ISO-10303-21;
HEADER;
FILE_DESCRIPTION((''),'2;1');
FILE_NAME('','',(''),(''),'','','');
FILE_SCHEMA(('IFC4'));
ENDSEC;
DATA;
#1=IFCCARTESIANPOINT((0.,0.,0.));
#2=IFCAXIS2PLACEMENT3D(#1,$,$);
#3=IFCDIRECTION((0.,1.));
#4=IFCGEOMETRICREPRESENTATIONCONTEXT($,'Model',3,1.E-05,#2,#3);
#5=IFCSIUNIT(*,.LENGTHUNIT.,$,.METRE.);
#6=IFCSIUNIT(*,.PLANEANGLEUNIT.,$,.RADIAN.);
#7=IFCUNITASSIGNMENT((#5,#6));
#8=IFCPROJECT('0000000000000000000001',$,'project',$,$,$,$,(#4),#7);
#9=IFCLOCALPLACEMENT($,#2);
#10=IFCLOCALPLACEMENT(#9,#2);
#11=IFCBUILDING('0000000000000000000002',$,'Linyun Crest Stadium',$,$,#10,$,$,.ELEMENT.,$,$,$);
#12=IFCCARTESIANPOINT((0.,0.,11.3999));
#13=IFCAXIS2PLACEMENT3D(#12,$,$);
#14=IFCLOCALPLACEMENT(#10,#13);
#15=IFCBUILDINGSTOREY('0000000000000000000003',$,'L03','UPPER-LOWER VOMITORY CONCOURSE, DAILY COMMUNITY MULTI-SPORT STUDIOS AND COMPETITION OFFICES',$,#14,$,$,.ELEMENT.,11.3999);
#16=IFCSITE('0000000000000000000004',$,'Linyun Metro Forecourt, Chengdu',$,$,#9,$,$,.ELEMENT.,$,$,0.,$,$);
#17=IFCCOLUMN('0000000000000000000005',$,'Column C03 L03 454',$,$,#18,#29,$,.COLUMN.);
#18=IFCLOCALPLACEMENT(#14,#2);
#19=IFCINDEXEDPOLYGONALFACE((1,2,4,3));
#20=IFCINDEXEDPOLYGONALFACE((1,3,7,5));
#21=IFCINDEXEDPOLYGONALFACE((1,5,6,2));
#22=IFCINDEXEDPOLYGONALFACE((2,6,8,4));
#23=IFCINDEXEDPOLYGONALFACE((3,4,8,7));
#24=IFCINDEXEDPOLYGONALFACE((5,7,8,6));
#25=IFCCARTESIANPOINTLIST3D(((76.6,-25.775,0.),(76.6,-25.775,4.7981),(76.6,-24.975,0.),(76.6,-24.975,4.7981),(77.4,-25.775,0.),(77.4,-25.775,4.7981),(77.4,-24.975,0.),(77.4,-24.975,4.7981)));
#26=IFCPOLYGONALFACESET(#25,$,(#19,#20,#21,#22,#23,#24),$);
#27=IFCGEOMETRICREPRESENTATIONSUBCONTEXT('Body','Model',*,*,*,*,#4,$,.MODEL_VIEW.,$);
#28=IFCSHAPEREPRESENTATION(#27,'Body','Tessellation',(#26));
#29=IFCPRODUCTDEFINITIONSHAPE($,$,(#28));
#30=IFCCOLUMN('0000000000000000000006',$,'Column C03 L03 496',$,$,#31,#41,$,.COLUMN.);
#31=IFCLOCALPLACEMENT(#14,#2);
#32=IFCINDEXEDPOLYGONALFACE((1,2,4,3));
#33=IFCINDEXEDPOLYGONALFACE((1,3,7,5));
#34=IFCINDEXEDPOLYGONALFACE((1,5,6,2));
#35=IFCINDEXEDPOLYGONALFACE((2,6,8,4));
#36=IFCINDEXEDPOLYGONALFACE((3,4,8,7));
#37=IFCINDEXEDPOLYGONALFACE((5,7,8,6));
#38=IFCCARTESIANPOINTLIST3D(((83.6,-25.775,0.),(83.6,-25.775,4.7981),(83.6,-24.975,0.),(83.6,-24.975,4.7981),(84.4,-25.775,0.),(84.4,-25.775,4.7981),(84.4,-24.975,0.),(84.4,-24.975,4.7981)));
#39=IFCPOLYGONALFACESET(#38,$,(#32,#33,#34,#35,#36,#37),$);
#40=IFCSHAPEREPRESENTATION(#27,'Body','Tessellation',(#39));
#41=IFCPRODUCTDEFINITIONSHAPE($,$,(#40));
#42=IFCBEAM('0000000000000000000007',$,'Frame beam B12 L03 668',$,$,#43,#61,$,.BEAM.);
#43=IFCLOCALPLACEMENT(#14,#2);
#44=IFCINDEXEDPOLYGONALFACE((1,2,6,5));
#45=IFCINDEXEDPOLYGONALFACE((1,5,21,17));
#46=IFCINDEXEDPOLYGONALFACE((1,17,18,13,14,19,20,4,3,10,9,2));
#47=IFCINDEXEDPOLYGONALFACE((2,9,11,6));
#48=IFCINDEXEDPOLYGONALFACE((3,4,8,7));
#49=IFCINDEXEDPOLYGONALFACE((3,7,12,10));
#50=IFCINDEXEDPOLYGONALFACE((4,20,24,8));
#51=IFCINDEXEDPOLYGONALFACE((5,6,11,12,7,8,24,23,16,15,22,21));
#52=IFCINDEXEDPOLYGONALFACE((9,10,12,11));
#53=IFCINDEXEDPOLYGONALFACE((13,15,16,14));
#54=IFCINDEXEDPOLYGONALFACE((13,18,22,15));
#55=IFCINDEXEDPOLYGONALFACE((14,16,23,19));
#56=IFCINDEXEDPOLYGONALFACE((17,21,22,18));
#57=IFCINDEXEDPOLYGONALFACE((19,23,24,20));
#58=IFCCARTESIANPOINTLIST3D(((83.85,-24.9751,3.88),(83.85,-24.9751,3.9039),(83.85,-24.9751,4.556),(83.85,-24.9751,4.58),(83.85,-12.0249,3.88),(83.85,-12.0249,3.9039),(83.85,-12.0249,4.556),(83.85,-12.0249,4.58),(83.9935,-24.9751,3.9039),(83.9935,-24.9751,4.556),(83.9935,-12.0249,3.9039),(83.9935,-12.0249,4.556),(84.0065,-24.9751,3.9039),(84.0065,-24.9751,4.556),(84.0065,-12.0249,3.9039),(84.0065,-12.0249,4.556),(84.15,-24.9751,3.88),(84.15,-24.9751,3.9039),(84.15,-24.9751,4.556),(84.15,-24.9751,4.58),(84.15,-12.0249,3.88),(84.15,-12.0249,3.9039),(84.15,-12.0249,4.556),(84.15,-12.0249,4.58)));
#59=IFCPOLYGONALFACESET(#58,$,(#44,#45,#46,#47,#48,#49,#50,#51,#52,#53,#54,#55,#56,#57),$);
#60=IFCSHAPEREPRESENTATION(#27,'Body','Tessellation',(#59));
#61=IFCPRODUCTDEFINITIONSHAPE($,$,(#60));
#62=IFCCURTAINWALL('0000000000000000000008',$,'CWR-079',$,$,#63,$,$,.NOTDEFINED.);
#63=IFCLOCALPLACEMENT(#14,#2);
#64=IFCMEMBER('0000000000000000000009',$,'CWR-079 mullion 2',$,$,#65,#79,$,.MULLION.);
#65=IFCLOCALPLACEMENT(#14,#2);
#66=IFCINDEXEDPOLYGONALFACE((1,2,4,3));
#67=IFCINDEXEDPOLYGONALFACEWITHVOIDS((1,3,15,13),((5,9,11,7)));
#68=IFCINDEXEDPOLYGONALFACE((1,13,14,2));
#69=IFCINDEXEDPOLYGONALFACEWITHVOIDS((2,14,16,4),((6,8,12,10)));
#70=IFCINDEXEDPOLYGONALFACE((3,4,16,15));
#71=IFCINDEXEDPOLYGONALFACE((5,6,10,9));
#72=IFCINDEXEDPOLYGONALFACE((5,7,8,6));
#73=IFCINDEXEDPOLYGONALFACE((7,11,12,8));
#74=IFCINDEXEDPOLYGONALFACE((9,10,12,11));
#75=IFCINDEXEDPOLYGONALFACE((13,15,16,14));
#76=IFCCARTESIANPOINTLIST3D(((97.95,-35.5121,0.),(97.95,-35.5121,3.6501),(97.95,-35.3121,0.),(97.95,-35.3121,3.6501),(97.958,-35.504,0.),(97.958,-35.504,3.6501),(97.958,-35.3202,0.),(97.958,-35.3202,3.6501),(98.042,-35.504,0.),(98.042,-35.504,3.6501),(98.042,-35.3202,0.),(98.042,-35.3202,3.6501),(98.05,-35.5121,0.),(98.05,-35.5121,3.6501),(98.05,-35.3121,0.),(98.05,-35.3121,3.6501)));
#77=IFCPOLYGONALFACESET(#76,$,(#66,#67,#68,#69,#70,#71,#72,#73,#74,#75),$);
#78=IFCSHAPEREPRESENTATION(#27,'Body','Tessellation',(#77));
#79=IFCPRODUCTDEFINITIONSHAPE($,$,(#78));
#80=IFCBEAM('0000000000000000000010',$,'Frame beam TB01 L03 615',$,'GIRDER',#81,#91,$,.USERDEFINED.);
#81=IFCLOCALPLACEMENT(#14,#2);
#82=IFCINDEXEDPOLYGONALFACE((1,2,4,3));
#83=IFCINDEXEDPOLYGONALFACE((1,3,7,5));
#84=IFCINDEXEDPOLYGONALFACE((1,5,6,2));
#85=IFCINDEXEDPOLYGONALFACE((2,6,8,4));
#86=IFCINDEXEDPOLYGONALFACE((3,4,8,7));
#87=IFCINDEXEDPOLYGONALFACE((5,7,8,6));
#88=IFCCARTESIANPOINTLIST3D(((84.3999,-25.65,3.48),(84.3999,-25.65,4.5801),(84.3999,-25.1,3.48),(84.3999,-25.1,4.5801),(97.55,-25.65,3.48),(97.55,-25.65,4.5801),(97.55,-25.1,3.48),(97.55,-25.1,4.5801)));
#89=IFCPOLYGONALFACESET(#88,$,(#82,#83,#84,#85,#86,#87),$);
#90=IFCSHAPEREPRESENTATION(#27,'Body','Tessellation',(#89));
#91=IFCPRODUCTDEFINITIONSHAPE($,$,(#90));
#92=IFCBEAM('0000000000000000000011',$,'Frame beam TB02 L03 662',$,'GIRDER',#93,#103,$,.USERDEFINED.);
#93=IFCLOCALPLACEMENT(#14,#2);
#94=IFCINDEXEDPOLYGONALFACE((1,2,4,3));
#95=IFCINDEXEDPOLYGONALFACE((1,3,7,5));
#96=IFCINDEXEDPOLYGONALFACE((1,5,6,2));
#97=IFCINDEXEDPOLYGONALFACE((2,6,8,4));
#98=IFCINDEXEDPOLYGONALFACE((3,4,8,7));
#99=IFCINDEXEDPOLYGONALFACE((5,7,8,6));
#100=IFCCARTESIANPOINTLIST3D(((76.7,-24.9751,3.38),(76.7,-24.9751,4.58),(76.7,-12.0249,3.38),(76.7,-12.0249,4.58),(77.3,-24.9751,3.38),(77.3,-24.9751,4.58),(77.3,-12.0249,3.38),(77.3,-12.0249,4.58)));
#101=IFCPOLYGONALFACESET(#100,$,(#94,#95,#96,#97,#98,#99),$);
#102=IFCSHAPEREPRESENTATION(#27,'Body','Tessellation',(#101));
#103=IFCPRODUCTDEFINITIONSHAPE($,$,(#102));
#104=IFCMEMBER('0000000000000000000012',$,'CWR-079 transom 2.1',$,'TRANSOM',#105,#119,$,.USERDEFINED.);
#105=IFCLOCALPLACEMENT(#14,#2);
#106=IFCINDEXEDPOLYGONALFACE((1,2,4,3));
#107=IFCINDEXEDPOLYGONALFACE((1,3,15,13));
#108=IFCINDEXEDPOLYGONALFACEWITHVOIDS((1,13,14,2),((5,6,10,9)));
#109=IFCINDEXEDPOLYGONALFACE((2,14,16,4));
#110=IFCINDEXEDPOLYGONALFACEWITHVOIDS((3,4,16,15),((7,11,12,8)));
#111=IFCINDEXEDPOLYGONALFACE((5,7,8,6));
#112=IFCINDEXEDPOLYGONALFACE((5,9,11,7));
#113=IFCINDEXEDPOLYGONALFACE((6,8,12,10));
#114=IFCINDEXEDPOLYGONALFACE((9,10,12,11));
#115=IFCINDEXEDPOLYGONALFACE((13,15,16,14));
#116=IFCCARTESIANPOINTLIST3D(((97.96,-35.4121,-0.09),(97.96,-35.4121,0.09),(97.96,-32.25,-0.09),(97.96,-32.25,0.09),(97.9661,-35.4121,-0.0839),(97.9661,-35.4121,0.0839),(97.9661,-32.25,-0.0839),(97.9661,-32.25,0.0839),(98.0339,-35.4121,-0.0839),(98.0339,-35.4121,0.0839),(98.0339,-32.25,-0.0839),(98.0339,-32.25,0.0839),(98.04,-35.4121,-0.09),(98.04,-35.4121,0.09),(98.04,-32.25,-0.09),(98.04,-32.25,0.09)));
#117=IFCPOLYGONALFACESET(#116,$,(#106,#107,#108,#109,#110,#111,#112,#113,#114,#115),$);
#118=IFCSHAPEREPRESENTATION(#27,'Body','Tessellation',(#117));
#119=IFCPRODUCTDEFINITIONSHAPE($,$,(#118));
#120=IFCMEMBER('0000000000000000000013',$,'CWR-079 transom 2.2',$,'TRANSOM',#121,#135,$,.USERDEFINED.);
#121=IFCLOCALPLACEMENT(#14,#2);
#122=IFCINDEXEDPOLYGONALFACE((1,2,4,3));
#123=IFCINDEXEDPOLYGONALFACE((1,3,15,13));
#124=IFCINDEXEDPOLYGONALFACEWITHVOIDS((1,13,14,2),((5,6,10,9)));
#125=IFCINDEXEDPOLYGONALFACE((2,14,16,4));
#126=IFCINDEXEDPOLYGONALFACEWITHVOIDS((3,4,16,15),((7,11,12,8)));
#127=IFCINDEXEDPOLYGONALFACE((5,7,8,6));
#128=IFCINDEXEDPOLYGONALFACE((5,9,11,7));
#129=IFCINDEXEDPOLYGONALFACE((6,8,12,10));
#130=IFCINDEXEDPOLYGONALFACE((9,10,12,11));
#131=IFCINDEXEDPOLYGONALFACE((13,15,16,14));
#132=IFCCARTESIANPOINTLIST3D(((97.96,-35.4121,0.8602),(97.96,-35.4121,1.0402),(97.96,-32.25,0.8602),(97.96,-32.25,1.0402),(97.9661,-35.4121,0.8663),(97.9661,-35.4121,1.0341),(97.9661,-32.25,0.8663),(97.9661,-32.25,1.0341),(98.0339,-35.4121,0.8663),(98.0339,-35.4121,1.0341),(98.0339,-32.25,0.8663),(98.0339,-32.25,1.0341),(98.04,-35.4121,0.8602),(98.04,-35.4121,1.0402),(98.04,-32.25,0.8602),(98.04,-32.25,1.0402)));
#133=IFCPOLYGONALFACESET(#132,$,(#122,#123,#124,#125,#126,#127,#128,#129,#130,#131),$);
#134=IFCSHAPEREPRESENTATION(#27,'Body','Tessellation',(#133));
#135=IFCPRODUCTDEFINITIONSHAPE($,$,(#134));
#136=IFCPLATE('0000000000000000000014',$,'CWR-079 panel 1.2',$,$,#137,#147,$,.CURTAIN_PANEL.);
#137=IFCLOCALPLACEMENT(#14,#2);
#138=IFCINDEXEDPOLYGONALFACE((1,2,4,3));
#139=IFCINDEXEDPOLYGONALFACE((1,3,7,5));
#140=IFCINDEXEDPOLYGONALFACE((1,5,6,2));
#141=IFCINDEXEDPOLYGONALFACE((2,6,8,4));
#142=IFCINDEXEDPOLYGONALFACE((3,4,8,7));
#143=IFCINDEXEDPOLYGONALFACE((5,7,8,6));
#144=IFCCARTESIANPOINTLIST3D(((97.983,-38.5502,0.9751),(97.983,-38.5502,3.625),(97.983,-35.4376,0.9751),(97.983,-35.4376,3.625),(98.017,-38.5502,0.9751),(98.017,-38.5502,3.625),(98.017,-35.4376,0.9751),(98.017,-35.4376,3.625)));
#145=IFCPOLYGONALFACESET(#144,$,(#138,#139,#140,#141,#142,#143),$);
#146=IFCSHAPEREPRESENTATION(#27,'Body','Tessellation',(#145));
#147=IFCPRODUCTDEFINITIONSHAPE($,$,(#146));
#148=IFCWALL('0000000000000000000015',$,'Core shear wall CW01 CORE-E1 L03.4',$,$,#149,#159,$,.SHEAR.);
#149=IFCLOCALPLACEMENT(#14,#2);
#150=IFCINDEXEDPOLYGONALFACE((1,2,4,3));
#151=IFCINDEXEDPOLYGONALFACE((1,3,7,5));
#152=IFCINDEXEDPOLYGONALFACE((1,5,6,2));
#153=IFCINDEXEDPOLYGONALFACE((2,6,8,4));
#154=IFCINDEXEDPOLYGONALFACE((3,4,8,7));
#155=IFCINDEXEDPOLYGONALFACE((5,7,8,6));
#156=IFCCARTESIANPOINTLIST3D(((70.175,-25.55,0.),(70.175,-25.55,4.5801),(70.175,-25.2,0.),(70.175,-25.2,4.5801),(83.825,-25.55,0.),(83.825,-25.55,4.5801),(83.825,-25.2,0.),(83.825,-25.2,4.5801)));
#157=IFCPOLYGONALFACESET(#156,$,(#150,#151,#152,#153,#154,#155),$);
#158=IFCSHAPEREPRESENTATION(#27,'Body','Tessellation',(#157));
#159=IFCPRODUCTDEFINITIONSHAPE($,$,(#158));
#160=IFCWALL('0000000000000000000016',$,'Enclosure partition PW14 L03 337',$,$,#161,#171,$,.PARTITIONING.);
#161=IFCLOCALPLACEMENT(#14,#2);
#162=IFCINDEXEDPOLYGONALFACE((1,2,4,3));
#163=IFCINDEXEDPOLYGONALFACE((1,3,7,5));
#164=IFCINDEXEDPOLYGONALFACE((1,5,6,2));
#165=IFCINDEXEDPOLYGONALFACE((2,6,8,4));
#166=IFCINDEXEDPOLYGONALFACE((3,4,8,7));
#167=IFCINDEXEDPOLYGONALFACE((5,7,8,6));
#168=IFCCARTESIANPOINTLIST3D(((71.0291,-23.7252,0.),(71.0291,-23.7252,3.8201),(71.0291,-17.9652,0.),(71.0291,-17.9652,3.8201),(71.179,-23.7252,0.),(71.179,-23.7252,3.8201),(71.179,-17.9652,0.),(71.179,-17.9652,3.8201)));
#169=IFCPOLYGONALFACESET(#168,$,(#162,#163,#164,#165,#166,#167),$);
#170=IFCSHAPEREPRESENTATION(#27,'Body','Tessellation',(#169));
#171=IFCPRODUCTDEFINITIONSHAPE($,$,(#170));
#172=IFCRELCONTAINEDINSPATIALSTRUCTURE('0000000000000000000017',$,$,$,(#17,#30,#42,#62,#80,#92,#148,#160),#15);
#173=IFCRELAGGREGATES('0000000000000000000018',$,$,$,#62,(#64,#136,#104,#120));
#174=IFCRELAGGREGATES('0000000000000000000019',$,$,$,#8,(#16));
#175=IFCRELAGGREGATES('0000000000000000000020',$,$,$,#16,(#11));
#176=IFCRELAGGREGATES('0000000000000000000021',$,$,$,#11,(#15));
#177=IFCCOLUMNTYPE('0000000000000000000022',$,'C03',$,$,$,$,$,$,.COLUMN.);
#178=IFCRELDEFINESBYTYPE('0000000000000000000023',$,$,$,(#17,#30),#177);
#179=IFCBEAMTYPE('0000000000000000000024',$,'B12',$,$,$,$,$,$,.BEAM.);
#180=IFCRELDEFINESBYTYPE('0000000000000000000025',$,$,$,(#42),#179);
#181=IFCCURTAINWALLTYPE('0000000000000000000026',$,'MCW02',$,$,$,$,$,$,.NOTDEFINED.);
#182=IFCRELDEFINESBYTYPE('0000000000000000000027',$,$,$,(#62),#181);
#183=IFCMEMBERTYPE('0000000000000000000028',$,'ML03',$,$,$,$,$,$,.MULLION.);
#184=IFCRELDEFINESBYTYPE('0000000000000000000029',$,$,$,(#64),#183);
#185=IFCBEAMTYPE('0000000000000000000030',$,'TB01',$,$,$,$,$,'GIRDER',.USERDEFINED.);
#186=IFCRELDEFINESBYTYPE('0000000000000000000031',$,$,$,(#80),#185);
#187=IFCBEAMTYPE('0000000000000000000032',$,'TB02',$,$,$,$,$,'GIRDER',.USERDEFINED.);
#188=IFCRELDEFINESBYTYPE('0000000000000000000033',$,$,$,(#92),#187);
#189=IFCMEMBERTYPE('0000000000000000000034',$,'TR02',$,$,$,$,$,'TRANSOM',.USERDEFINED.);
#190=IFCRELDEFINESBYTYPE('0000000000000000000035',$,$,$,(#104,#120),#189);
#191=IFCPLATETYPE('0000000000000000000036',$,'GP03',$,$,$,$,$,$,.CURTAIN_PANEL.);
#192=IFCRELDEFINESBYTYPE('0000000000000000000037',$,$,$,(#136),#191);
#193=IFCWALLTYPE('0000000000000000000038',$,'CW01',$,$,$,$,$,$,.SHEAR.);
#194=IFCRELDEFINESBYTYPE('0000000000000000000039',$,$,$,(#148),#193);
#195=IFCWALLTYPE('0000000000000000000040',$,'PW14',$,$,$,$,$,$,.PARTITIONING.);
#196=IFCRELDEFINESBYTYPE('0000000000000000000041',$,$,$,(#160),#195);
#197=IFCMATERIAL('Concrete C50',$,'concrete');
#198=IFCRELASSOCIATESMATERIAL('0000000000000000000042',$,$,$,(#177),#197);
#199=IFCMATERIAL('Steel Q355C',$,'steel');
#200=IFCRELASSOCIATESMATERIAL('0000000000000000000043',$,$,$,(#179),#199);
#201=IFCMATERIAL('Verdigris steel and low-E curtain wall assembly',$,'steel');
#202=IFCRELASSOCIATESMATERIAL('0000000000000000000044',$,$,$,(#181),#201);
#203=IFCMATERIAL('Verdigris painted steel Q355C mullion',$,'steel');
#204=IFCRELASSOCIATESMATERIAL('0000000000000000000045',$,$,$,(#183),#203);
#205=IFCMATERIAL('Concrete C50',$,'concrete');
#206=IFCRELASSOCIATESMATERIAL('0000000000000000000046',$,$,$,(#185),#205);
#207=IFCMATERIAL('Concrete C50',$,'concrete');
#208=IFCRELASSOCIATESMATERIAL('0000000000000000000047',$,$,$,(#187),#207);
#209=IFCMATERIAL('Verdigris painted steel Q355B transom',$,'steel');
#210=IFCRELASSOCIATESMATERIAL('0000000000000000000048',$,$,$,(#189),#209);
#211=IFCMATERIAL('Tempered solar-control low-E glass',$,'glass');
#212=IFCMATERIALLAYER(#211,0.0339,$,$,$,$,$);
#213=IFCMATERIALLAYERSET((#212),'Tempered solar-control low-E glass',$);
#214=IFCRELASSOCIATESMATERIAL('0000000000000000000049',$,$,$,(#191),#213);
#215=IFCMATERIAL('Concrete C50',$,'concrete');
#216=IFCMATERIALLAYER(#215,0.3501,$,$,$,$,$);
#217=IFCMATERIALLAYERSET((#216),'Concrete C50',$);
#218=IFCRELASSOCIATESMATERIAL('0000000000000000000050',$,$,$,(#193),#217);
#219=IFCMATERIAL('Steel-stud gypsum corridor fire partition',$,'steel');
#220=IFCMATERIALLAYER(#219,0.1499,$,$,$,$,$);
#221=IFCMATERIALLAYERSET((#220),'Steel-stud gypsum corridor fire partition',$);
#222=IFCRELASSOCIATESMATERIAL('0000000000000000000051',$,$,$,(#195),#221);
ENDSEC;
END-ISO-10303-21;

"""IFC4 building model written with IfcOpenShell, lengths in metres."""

from ifc_helpers import new_model, si_unit, direction, frame, frame_2d, origin, origin_2d, place, context, subcontext, project, spatial, rectangle, hollow_rectangle, i_section, extrude, material, layer, layer_set, material_profile, profile_set, type_object, element, aggregate, save


model = new_model("IFC4")

# Units and contexts
model_context = context("Model", 3, precision=1e-05, world=origin(), true_north=direction((0.0, 1.0)))
body_context = subcontext(model_context, "Body", "Model", "MODEL_VIEW")
ifc_project = project(units=[si_unit("LENGTHUNIT", "METRE"), si_unit("PLANEANGLEUNIT", "RADIAN")], contexts=[model_context])

# Site, building, storey
site_placement = place(None, origin())
site = spatial("IfcSite", under=ifc_project, at=site_placement, Name="Linyun Metro Forecourt, Chengdu", CompositionType="ELEMENT", RefElevation=0.0)
building_placement = place(site_placement, origin())
building = spatial("IfcBuilding", under=site, at=building_placement, Name="Linyun Crest Stadium", CompositionType="ELEMENT")
storey_placement = place(building_placement, frame((0.0, 0.0, 11.3999)))
storey = spatial("IfcBuildingStorey", under=building, at=storey_placement, Name="L03", Description="UPPER-LOWER VOMITORY CONCOURSE, DAILY COMMUNITY MULTI-SPORT STUDIOS AND COMPETITION OFFICES", CompositionType="ELEMENT", Elevation=11.3999)

# Columns
ifc_material_1 = material(Name="Concrete C50", Category="concrete")
ifc_material_profile_1 = material_profile(ifc_material_1, rectangle(XDim=0.8, YDim=0.8, at=origin_2d()), Name="RC 800x800")
ifc_profile_set_1 = profile_set([ifc_material_profile_1], Name="Concrete C50")
column_type = type_object("IfcColumnType", Name="C03", PredefinedType="COLUMN", material=ifc_profile_set_1)
for number, where, z_axis, x_axis, name in (
    (1, (77.0, -25.375, 0.0), (0.0, 0.0, 1.0), (1.0, 0.0, 0.0), "Column C03 L03 454"),
    (2, (84.0, -25.375, 0.0), (0.0, 0.0, 1.0), (1.0, 0.0, 0.0), "Column C03 L03 496"),
):
    element("IfcColumn", number, at=place(storey_placement, frame(where, z_axis=z_axis, x_axis=x_axis)), inside=storey, type_object=column_type, Name=name, PredefinedType="COLUMN", context=body_context, shape_type="SweptSolid", body=[
        extrude(rectangle(XDim=0.8, YDim=0.8, at=origin_2d()), origin(), (0.0, 0.0, 1.0), 4.7981),
    ])

# Beam
ifc_material_2 = material(Name="Steel Q355C", Category="steel")
ifc_material_profile_2 = material_profile(ifc_material_2, i_section(OverallWidth=0.3, OverallDepth=0.7, WebThickness=0.0129, FlangeThickness=0.0239, at=origin_2d()), Name="HN 700x300")
ifc_profile_set_2 = profile_set([ifc_material_profile_2], Name="Steel Q355C")
beam_type_1 = type_object("IfcBeamType", Name="B12", PredefinedType="BEAM", material=ifc_profile_set_2)
beam_1_placement = place(storey_placement, frame((84.0, -24.9751, 4.23), z_axis=(0.0, 1.0, 0.0), x_axis=(-1.0, 0.0, 0.0)))
element("IfcBeam", 3, at=beam_1_placement, inside=storey, type_object=beam_type_1, Name="Frame beam B12 L03 668", PredefinedType="BEAM", context=body_context, shape_type="SweptSolid", body=[
    extrude(i_section(OverallWidth=0.3, OverallDepth=0.7, WebThickness=0.0129, FlangeThickness=0.0239, at=origin_2d()), origin(), (0.0, 0.0, 1.0), 12.9502),
])

# Curtain wall, member
ifc_material_3 = material(Name="Verdigris steel and low-E curtain wall assembly", Category="steel")
curtain_wall_type = type_object("IfcCurtainWallType", Name="MCW02", PredefinedType="NOTDEFINED", material=ifc_material_3)
curtain_wall_placement = place(storey_placement, origin())
curtain_wall = element("IfcCurtainWall", 4, at=curtain_wall_placement, inside=storey, type_object=curtain_wall_type, Name="CWR-079", PredefinedType="NOTDEFINED")
ifc_material_4 = material(Name="Verdigris painted steel Q355C mullion", Category="steel")
ifc_material_profile_3 = material_profile(ifc_material_4, hollow_rectangle(XDim=0.1001, YDim=0.2, WallThickness=0.0081, at=origin_2d()), Name="RHS 200x100x8")
ifc_profile_set_3 = profile_set([ifc_material_profile_3], Name="Verdigris painted steel Q355C mullion")
member_type_1 = type_object("IfcMemberType", Name="ML03", PredefinedType="MULLION", material=ifc_profile_set_3)
member_1_placement = place(storey_placement, frame((98.0, -35.4121, 0.0), z_axis=(0.0, 0.0, 1.0), x_axis=(-1.0, 0.0, 0.0)))
member_1 = element("IfcMember", 5, at=member_1_placement, type_object=member_type_1, Name="CWR-079 mullion 2", PredefinedType="MULLION", context=body_context, shape_type="SweptSolid", body=[
    extrude(hollow_rectangle(XDim=0.1001, YDim=0.2, WallThickness=0.0081, at=origin_2d()), origin(), (0.0, 0.0, 1.0), 3.6501),
])

# Beams
ifc_material_5 = material(Name="Concrete C50", Category="concrete")
ifc_material_profile_4 = material_profile(ifc_material_5, rectangle(XDim=0.55, YDim=1.1001, at=origin_2d()), Name="RCB 1100x550")
ifc_profile_set_4 = profile_set([ifc_material_profile_4], Name="Concrete C50")
beam_type_2 = type_object("IfcBeamType", Name="TB01", ElementType="GIRDER", PredefinedType="USERDEFINED", material=ifc_profile_set_4)
beam_2_placement = place(storey_placement, frame((84.3999, -25.375, 4.03), z_axis=(1.0, 0.0, 0.0), x_axis=(0.0, 1.0, 0.0)))
element("IfcBeam", 6, at=beam_2_placement, inside=storey, type_object=beam_type_2, Name="Frame beam TB01 L03 615", ObjectType="GIRDER", PredefinedType="USERDEFINED", context=body_context, shape_type="SweptSolid", body=[
    extrude(rectangle(XDim=0.55, YDim=1.1001, at=origin_2d()), origin(), (0.0, 0.0, 1.0), 13.1501),
])
ifc_material_6 = material(Name="Concrete C50", Category="concrete")
ifc_material_profile_5 = material_profile(ifc_material_6, rectangle(XDim=0.6001, YDim=1.2, at=origin_2d()), Name="RCB 1200x600")
ifc_profile_set_5 = profile_set([ifc_material_profile_5], Name="Concrete C50")
beam_type_3 = type_object("IfcBeamType", Name="TB02", ElementType="GIRDER", PredefinedType="USERDEFINED", material=ifc_profile_set_5)
beam_3_placement = place(storey_placement, frame((77.0, -24.9751, 3.98), z_axis=(0.0, 1.0, 0.0), x_axis=(-1.0, 0.0, 0.0)))
element("IfcBeam", 7, at=beam_3_placement, inside=storey, type_object=beam_type_3, Name="Frame beam TB02 L03 662", ObjectType="GIRDER", PredefinedType="USERDEFINED", context=body_context, shape_type="SweptSolid", body=[
    extrude(rectangle(XDim=0.6001, YDim=1.2, at=origin_2d()), origin(), (0.0, 0.0, 1.0), 12.9502),
])

# Members
ifc_material_7 = material(Name="Verdigris painted steel Q355B transom", Category="steel")
ifc_material_profile_6 = material_profile(ifc_material_7, hollow_rectangle(XDim=0.0801, YDim=0.1799, WallThickness=0.0061, at=origin_2d()), Name="RHS 180x80x6")
ifc_profile_set_6 = profile_set([ifc_material_profile_6], Name="Verdigris painted steel Q355B transom")
member_type_2 = type_object("IfcMemberType", Name="TR02", ElementType="TRANSOM", PredefinedType="USERDEFINED", material=ifc_profile_set_6)
member_2_placement = place(storey_placement, frame((98.0, -35.4121, 0.0), z_axis=(0.0, 1.0, 0.0), x_axis=(-1.0, 0.0, 0.0)))
member_2 = element("IfcMember", 8, at=member_2_placement, type_object=member_type_2, Name="CWR-079 transom 2.1", ObjectType="TRANSOM", PredefinedType="USERDEFINED", context=body_context, shape_type="SweptSolid", body=[
    extrude(hollow_rectangle(XDim=0.0801, YDim=0.1799, WallThickness=0.0061, at=origin_2d()), origin(), (0.0, 0.0, 1.0), 3.1621),
])
member_3_placement = place(storey_placement, frame((98.0, -35.4121, 0.9502), z_axis=(0.0, 1.0, 0.0), x_axis=(-1.0, 0.0, 0.0)))
member_3 = element("IfcMember", 9, at=member_3_placement, type_object=member_type_2, Name="CWR-079 transom 2.2", ObjectType="TRANSOM", PredefinedType="USERDEFINED", context=body_context, shape_type="SweptSolid", body=[
    extrude(hollow_rectangle(XDim=0.0801, YDim=0.1799, WallThickness=0.0061, at=origin_2d()), origin(), (0.0, 0.0, 1.0), 3.1621),
])

# Plate
ifc_material_8 = material(Name="Tempered solar-control low-E glass", Category="glass")
ifc_layer_1 = layer(ifc_material_8, 0.0339)
ifc_layer_set_1 = layer_set([ifc_layer_1], Name="Tempered solar-control low-E glass")
plate_type = type_object("IfcPlateType", Name="GP03", PredefinedType="CURTAIN_PANEL", material=ifc_layer_set_1)
plate_placement = place(storey_placement, frame((98.0, -36.9939, 0.9751), z_axis=(0.0, 0.0, 1.0), x_axis=(0.0, 1.0, 0.0)))
plate = element("IfcPlate", 10, at=plate_placement, type_object=plate_type, Name="CWR-079 panel 1.2", PredefinedType="CURTAIN_PANEL", context=body_context, shape_type="SweptSolid", body=[
    extrude(rectangle(XDim=3.1125, YDim=0.0339, at=origin_2d()), origin(), (0.0, 0.0, 1.0), 2.6499),
])
aggregate(curtain_wall, [member_1, plate, member_2, member_3])

# Walls
ifc_material_9 = material(Name="Concrete C50", Category="concrete")
ifc_layer_2 = layer(ifc_material_9, 0.3501)
ifc_layer_set_2 = layer_set([ifc_layer_2], Name="Concrete C50")
wall_type_1 = type_object("IfcWallType", Name="CW01", PredefinedType="SHEAR", material=ifc_layer_set_2)
wall_1_placement = place(storey_placement, frame((70.175, -25.375, 0.0), z_axis=(0.0, 0.0, 1.0), x_axis=(1.0, 0.0, 0.0)))
element("IfcWall", 11, at=wall_1_placement, inside=storey, type_object=wall_type_1, Name="Core shear wall CW01 CORE-E1 L03.4", PredefinedType="SHEAR", context=body_context, shape_type="SweptSolid", body=[
    extrude(rectangle(XDim=13.6499, YDim=0.3501, at=frame_2d((6.825, 0.0))), origin(), (0.0, 0.0, 1.0), 4.5801),
])
ifc_material_10 = material(Name="Steel-stud gypsum corridor fire partition", Category="steel")
ifc_layer_3 = layer(ifc_material_10, 0.1499)
ifc_layer_set_3 = layer_set([ifc_layer_3], Name="Steel-stud gypsum corridor fire partition")
wall_type_2 = type_object("IfcWallType", Name="PW14", PredefinedType="PARTITIONING", material=ifc_layer_set_3)
wall_2_placement = place(storey_placement, frame((71.104, -23.7251, 0.0), z_axis=(0.0, 0.0, 1.0), x_axis=(0.0, 1.0, 0.0)))
element("IfcWall", 12, at=wall_2_placement, inside=storey, type_object=wall_type_2, Name="Enclosure partition PW14 L03 337", PredefinedType="PARTITIONING", context=body_context, shape_type="SweptSolid", body=[
    extrude(rectangle(XDim=5.76, YDim=0.1499, at=frame_2d((2.8799, 0.0))), origin(), (0.0, 0.0, 1.0), 3.8201),
])

save(model, "model.ifc")
